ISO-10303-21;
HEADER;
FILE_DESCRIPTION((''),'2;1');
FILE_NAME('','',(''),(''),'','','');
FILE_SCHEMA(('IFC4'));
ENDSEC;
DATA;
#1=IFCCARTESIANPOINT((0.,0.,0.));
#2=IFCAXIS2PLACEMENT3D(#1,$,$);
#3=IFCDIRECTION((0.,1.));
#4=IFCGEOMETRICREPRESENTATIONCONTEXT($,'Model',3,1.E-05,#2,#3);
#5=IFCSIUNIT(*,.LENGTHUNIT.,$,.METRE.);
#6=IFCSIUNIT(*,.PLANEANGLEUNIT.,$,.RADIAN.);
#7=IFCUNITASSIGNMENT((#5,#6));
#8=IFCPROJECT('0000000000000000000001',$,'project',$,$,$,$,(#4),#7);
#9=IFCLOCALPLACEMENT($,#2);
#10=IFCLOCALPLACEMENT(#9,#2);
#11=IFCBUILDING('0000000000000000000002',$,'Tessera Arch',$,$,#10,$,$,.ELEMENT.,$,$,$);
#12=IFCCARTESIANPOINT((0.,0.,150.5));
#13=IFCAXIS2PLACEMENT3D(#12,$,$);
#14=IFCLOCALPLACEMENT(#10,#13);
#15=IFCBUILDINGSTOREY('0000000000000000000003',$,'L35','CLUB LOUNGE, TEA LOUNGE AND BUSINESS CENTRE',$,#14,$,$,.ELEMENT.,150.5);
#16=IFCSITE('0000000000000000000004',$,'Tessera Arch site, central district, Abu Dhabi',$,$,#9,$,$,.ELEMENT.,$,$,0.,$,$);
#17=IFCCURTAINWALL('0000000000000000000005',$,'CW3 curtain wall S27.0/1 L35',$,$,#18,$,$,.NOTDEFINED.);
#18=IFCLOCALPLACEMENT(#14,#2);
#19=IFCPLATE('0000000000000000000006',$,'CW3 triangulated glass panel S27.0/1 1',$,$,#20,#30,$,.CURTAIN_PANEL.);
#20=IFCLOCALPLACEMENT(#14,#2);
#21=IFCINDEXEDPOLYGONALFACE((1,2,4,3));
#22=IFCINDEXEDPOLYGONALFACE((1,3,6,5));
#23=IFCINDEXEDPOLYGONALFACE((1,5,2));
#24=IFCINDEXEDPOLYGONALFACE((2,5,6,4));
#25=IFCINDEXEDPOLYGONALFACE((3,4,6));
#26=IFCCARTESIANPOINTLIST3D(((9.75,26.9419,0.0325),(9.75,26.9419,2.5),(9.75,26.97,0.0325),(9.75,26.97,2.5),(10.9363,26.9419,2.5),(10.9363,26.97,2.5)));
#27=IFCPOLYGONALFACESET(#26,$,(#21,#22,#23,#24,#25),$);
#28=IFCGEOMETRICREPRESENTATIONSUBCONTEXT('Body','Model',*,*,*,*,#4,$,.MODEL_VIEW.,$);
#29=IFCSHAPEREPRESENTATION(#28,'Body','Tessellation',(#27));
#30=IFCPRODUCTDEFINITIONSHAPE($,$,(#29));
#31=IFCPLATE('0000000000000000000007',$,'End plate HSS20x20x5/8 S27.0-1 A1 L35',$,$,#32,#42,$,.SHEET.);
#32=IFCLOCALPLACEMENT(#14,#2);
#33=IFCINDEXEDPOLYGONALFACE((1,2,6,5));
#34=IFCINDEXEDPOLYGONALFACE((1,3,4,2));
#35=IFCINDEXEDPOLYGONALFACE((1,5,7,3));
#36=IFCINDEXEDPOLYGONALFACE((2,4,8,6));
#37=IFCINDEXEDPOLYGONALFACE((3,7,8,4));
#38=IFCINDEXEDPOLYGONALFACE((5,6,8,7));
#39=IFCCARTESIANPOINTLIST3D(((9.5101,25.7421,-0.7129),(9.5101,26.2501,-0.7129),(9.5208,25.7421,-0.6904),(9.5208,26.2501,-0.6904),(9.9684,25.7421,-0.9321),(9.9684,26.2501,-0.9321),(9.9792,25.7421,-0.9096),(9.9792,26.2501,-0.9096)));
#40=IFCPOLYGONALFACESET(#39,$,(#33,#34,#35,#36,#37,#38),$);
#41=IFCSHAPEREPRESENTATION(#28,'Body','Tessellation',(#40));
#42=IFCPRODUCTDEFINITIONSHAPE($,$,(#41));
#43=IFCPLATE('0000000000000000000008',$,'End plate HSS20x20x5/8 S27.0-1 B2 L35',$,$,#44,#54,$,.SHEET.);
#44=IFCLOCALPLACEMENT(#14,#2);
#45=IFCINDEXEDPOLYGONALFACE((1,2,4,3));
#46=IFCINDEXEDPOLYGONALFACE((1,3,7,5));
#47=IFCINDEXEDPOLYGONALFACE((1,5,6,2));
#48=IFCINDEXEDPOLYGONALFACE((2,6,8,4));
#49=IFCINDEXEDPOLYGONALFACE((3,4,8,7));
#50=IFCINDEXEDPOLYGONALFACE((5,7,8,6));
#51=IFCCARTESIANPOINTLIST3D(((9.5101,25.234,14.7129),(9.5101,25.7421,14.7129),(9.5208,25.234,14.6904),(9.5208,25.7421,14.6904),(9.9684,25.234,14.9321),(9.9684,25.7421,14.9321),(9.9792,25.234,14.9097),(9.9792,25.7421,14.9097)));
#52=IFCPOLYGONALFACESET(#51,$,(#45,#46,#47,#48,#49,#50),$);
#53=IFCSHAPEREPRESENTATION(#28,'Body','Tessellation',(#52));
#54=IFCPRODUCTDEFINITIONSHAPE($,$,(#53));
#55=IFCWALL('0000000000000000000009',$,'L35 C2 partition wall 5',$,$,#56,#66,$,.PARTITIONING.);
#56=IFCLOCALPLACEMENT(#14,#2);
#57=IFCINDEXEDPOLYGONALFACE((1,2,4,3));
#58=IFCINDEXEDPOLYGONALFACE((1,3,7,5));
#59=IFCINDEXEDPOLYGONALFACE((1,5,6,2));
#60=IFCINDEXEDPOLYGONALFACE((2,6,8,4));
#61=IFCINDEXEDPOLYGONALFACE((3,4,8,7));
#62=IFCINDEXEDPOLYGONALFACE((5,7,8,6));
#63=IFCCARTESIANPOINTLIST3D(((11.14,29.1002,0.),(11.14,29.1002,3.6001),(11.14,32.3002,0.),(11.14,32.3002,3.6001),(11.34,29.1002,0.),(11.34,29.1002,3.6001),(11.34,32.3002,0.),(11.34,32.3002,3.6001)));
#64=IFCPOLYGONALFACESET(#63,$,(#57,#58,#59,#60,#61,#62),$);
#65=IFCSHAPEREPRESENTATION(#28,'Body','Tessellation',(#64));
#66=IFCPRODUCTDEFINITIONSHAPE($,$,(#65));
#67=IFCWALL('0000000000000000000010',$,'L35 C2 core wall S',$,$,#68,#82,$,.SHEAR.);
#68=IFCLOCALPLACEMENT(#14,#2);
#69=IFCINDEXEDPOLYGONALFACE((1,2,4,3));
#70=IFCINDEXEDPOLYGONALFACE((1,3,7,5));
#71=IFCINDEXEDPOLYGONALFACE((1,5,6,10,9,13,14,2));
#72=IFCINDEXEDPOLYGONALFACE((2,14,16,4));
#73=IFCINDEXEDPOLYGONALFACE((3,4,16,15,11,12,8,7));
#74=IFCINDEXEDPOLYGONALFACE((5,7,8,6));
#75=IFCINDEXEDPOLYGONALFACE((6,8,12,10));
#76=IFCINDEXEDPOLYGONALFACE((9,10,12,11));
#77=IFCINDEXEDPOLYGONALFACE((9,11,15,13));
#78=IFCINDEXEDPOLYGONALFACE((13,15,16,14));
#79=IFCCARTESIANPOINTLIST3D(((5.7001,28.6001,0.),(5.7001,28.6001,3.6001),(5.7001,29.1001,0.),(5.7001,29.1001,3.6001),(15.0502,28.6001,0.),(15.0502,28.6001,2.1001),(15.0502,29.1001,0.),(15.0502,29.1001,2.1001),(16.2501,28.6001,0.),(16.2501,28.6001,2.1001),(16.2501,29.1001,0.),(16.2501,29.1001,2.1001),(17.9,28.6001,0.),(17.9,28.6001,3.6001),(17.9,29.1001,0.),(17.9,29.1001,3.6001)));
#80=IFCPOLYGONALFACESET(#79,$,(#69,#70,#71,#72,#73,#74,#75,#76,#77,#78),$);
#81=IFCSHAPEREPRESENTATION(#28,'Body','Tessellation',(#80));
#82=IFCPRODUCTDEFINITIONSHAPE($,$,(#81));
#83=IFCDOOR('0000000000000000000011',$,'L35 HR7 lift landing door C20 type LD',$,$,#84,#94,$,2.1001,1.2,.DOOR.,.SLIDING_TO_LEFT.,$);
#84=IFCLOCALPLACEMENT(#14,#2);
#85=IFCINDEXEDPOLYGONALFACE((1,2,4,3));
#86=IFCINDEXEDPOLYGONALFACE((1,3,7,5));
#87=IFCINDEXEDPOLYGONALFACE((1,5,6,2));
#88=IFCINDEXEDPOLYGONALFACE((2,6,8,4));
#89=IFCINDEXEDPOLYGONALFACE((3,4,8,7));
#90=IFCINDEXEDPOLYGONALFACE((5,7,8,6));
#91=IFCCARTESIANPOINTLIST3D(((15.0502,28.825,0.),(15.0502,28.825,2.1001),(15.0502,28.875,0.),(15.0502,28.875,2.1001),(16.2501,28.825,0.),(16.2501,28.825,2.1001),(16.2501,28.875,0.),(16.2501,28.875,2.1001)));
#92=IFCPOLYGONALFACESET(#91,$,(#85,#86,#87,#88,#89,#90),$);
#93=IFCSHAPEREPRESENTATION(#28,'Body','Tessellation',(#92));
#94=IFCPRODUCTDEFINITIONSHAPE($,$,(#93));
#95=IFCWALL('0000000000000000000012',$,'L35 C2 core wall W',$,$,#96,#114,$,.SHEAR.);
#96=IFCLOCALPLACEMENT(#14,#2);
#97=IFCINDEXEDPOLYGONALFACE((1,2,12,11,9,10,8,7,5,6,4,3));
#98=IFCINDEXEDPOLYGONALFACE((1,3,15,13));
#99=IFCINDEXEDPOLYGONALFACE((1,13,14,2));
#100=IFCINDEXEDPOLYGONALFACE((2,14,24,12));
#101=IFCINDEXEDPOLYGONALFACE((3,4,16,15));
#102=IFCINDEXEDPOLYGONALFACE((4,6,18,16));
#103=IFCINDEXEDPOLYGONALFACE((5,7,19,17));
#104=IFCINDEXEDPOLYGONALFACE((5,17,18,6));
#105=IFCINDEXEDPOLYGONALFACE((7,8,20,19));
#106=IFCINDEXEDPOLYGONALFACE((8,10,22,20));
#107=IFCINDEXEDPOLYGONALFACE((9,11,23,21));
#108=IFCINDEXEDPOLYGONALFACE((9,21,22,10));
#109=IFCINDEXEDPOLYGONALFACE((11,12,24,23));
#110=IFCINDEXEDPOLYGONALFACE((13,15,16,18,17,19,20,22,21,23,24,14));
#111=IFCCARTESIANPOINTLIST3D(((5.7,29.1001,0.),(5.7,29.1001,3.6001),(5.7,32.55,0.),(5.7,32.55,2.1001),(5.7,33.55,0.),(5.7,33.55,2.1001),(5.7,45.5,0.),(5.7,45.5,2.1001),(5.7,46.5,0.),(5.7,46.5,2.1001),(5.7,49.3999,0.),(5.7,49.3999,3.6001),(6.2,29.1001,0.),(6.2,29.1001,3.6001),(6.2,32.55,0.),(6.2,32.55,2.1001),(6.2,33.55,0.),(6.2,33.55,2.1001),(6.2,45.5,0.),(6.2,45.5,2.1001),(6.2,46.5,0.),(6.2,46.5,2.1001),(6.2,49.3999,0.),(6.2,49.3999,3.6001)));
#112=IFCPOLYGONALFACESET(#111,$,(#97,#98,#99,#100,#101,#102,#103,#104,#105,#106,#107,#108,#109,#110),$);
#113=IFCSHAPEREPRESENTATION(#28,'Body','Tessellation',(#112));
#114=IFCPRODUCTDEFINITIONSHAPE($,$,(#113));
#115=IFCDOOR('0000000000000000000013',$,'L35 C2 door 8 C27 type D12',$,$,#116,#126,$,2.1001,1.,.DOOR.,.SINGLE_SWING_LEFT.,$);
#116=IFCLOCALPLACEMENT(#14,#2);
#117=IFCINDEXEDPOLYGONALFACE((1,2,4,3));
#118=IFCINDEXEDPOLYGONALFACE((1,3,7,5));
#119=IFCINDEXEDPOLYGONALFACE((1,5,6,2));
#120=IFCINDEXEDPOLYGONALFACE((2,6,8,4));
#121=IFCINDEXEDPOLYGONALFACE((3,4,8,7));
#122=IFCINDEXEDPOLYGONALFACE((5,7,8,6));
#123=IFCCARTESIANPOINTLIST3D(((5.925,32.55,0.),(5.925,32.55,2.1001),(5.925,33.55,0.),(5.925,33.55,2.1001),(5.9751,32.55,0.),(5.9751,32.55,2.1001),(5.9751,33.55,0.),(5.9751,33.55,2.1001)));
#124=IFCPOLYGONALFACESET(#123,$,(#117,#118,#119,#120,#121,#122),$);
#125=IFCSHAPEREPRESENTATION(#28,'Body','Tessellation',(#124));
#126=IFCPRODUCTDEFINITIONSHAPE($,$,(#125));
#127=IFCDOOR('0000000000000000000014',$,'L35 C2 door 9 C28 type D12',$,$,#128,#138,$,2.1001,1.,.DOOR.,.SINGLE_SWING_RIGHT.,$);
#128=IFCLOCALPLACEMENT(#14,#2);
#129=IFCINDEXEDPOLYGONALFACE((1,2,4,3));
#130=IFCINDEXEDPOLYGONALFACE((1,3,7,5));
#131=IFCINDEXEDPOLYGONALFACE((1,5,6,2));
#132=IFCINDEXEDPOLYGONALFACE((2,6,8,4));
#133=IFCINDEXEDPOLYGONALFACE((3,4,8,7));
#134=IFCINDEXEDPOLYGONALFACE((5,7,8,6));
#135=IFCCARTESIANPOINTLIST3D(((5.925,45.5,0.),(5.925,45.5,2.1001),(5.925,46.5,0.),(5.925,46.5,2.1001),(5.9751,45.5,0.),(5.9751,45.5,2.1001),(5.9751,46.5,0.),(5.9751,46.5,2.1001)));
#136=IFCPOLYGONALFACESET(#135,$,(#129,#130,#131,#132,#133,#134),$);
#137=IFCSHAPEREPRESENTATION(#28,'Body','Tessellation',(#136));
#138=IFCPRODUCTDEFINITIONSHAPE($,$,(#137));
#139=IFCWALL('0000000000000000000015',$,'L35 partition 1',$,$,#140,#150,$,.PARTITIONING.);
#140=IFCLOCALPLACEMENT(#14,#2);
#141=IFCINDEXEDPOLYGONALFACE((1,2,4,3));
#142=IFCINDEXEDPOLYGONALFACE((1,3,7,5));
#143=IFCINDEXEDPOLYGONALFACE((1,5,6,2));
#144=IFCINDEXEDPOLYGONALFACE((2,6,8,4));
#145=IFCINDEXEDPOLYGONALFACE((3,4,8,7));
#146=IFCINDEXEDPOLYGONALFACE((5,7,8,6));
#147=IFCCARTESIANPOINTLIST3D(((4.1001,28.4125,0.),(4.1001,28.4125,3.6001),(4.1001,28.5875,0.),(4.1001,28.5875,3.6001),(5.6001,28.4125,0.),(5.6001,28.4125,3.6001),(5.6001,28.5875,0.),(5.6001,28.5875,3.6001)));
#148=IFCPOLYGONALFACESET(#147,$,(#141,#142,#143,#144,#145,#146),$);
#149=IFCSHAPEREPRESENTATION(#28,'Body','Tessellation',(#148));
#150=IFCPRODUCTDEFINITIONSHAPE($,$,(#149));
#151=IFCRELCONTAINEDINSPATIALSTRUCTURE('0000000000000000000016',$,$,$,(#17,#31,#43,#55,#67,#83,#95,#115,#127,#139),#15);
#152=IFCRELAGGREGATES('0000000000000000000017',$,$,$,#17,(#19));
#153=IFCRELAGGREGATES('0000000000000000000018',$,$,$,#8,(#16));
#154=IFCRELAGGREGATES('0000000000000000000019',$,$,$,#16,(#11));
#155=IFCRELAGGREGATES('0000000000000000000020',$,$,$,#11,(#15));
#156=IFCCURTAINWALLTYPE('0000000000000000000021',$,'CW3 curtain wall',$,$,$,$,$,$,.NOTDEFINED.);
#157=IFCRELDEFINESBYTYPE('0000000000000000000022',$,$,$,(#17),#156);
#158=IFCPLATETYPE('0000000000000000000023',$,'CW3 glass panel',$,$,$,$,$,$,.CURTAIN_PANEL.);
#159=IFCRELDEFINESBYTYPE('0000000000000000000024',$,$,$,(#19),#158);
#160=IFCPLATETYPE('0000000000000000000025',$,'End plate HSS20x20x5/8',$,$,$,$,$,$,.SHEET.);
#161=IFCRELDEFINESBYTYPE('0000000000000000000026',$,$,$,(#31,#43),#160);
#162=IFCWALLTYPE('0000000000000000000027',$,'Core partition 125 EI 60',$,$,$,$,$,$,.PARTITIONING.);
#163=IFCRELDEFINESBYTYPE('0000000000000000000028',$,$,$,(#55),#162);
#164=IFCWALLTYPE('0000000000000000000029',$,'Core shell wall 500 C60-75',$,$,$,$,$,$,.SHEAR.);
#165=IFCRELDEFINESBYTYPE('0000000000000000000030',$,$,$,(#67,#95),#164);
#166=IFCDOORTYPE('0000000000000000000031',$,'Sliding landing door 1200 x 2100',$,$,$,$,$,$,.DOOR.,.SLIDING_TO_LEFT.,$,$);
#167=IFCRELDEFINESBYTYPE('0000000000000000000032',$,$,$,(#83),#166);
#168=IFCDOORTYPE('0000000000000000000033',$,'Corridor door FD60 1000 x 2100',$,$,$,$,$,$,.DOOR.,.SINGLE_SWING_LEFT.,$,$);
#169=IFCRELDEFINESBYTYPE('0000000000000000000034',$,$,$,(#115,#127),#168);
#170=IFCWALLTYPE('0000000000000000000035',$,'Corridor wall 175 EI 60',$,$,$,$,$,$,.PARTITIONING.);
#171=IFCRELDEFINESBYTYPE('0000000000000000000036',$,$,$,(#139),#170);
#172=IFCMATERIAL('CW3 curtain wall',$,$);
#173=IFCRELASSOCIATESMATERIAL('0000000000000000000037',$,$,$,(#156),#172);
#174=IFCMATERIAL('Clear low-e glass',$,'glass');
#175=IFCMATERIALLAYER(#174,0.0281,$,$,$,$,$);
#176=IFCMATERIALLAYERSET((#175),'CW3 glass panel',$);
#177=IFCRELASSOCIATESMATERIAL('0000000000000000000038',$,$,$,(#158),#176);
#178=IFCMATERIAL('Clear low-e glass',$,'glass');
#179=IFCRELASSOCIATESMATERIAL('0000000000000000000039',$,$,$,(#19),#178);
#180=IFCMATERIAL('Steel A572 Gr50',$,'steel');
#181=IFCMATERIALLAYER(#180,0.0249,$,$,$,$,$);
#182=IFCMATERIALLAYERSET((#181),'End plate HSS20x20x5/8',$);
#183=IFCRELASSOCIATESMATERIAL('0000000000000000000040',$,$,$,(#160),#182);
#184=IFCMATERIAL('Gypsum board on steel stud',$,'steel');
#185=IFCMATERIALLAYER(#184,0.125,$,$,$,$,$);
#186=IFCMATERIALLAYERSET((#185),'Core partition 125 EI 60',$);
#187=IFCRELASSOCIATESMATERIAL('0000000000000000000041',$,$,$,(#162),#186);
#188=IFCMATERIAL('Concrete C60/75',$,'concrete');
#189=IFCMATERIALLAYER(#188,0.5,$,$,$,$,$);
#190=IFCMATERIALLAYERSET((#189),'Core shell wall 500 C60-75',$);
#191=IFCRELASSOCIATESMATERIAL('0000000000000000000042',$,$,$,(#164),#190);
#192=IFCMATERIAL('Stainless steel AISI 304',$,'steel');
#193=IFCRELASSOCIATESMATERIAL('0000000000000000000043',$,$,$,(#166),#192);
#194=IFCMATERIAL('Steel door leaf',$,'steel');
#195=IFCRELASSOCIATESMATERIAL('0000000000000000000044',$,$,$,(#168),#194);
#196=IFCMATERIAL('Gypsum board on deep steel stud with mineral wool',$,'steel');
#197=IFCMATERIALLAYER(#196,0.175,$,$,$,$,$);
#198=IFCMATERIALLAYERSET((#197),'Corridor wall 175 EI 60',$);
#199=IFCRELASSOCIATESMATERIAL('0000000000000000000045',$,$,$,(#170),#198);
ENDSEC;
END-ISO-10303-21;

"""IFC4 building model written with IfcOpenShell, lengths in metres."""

from ifc_helpers import new_model, si_unit, direction, frame, frame_2d, origin, origin_2d, place, context, subcontext, project, spatial, polyline, rectangle, outline, extrude, material, layer, layer_set, type_object, element, fill, aggregate, save


model = new_model("IFC4")

# Units and contexts
model_context = context("Model", 3, precision=1e-05, world=origin(), true_north=direction((0.0, 1.0)))
body_context = subcontext(model_context, "Body", "Model", "MODEL_VIEW")
ifc_project = project(units=[si_unit("LENGTHUNIT", "METRE"), si_unit("PLANEANGLEUNIT", "RADIAN")], contexts=[model_context])

# Site, building, storey
site_placement = place(None, origin())
site = spatial("IfcSite", under=ifc_project, at=site_placement, Name="Tessera Arch site, central district, Abu Dhabi", CompositionType="ELEMENT", RefElevation=0.0)
building_placement = place(site_placement, origin())
building = spatial("IfcBuilding", under=site, at=building_placement, Name="Tessera Arch", CompositionType="ELEMENT")
storey_placement = place(building_placement, frame((0.0, 0.0, 150.5)))
storey = spatial("IfcBuildingStorey", under=building, at=storey_placement, Name="L35", Description="CLUB LOUNGE, TEA LOUNGE AND BUSINESS CENTRE", CompositionType="ELEMENT", Elevation=150.5)

# Curtain wall
ifc_material_1 = material(Name="CW3 curtain wall")
curtain_wall_type_1 = type_object("IfcCurtainWallType", Name="CW3 curtain wall", PredefinedType="NOTDEFINED", material=ifc_material_1)
curtain_wall_1_placement = place(storey_placement, origin())
curtain_wall_1 = element("IfcCurtainWall", 1, at=curtain_wall_1_placement, inside=storey, type_object=curtain_wall_type_1, Name="CW3 curtain wall S27.0/1 L35", PredefinedType="NOTDEFINED")

# Plate
ifc_material_2 = material(Name="Clear low-e glass", Category="glass")
ifc_material_3 = material(Name="Clear low-e glass", Category="glass")
ifc_layer_1 = layer(ifc_material_3, 0.0281)
ifc_layer_set_1 = layer_set([ifc_layer_1], Name="CW3 glass panel")
plate_type_1 = type_object("IfcPlateType", Name="CW3 glass panel", PredefinedType="CURTAIN_PANEL", material=ifc_layer_set_1)
plate_1_placement = place(storey_placement, frame((9.75, 26.9419, 2.5), z_axis=(0.0, -1.0, 0.0), x_axis=(0.0, 0.0, -1.0)))
plate_1 = element("IfcPlate", 2, at=plate_1_placement, type_object=plate_type_1, material=ifc_material_2, Name="CW3 triangulated glass panel S27.0/1 1", PredefinedType="CURTAIN_PANEL", context=body_context, shape_type="SweptSolid", body=[
    extrude(outline(polyline([(0.0, 0.0), (2.4675, 0.0), (0.0, 1.1863), (0.0, 0.0)])), origin(), (0.0, 0.0, -1.0), 0.0281),
])
aggregate(curtain_wall_1, [plate_1])

# Plates
ifc_material_4 = material(Name="Steel A572 Gr50", Category="steel")
ifc_layer_2 = layer(ifc_material_4, 0.0249)
ifc_layer_set_2 = layer_set([ifc_layer_2], Name="End plate HSS20x20x5/8")
plate_type_2 = type_object("IfcPlateType", Name="End plate HSS20x20x5/8", PredefinedType="SHEET", material=ifc_layer_set_2)
for number, where, z_axis, x_axis, name in (
    (3, (9.7393, 25.9961, -0.8225), (0.431455, 0.0, 0.902134), (0.0, 1.0, 0.0), "End plate HSS20x20x5/8 S27.0-1 A1 L35"),
    (4, (9.75, 25.488, 14.8), (-0.431455, 0.0, 0.902134), (0.0, -1.0, 0.0), "End plate HSS20x20x5/8 S27.0-1 B2 L35"),
):
    element("IfcPlate", number, at=place(storey_placement, frame(where, z_axis=z_axis, x_axis=x_axis)), inside=storey, type_object=plate_type_2, Name=name, PredefinedType="SHEET", context=body_context, shape_type="SweptSolid", body=[
        extrude(rectangle(XDim=0.5081, YDim=0.5081, at=origin_2d()), origin(), (0.0, 0.0, 1.0), 0.0249),
    ])

# Wall
ifc_material_5 = material(Name="Gypsum board on steel stud", Category="steel")
ifc_layer_3 = layer(ifc_material_5, 0.125)
ifc_layer_set_3 = layer_set([ifc_layer_3], Name="Core partition 125 EI 60")
wall_type_1 = type_object("IfcWallType", Name="Core partition 125 EI 60", PredefinedType="PARTITIONING", material=ifc_layer_set_3)
wall_1_placement = place(storey_placement, frame((11.24, 29.1001, 0.0), z_axis=(0.0, 0.0, 1.0), x_axis=(0.0, 1.0, 0.0)))
element("IfcWall", 5, at=wall_1_placement, inside=storey, type_object=wall_type_1, Name="L35 C2 partition wall 5", PredefinedType="PARTITIONING", context=body_context, shape_type="SweptSolid", body=[
    extrude(rectangle(XDim=3.2, YDim=0.2, at=frame_2d((1.6001, 0.0))), origin(), (0.0, 0.0, 1.0), 3.6001),
])

# Wall, opening, door
ifc_material_6 = material(Name="Concrete C60/75", Category="concrete")
ifc_layer_4 = layer(ifc_material_6, 0.5)
ifc_layer_set_4 = layer_set([ifc_layer_4], Name="Core shell wall 500 C60-75")
wall_type_2 = type_object("IfcWallType", Name="Core shell wall 500 C60-75", PredefinedType="SHEAR", material=ifc_layer_set_4)
wall_2_placement = place(storey_placement, frame((5.7, 28.8501, 0.0), z_axis=(0.0, 0.0, 1.0), x_axis=(1.0, 0.0, 0.0)))
wall_2 = element("IfcWall", 6, at=wall_2_placement, inside=storey, type_object=wall_type_2, Name="L35 C2 core wall S", PredefinedType="SHEAR", context=body_context, shape_type="SweptSolid", body=[
    extrude(rectangle(XDim=12.2, YDim=0.5, at=frame_2d((6.1001, 0.0))), origin(), (0.0, 0.0, 1.0), 3.6001),
])
opening_1_placement = place(wall_2_placement, frame((9.3501, 0.0, 0.0)))
opening_1 = element("IfcOpeningElement", 7, at=opening_1_placement, cuts=wall_2, PredefinedType="OPENING", context=body_context, shape_type="SweptSolid", body=[
    extrude(rectangle(XDim=1.2, YDim=2.1001, at=frame_2d((0.6001, 1.05))), frame((0.0, 0.26, 0.0), z_axis=(0.0, -1.0, 0.0), x_axis=(1.0, 0.0, 0.0)), (0.0, 0.0, 1.0), 0.52),
])
ifc_material_7 = material(Name="Stainless steel AISI 304", Category="steel")
door_type_1 = type_object("IfcDoorType", Name="Sliding landing door 1200 x 2100", OperationType="SLIDING_TO_LEFT", PredefinedType="DOOR", material=ifc_material_7)
door_1_placement = place(opening_1_placement, origin())
door_1 = element("IfcDoor", 8, at=door_1_placement, inside=storey, type_object=door_type_1, Name="L35 HR7 lift landing door C20 type LD", OperationType="SLIDING_TO_LEFT", OverallHeight=2.1001, OverallWidth=1.2, PredefinedType="DOOR", context=body_context, shape_type="SweptSolid", body=[
    extrude(rectangle(XDim=1.2, YDim=2.1001, at=frame_2d((0.6001, 1.05))), frame((0.0, 0.0249, 0.0), z_axis=(0.0, -1.0, 0.0), x_axis=(1.0, 0.0, 0.0)), (0.0, 0.0, 1.0), 0.05),
])
fill(opening_1, door_1)

# Wall, openings, doors
wall_3_placement = place(storey_placement, frame((5.95, 29.1001, 0.0), z_axis=(0.0, 0.0, 1.0), x_axis=(0.0, 1.0, 0.0)))
wall_3 = element("IfcWall", 9, at=wall_3_placement, inside=storey, type_object=wall_type_2, Name="L35 C2 core wall W", PredefinedType="SHEAR", context=body_context, shape_type="SweptSolid", body=[
    extrude(rectangle(XDim=20.2998, YDim=0.5, at=frame_2d((10.1499, 0.0))), origin(), (0.0, 0.0, 1.0), 3.6001),
])
opening_2_placement = place(wall_3_placement, frame((3.45, 0.0, 0.0)))
opening_2 = element("IfcOpeningElement", 10, at=opening_2_placement, cuts=wall_3, PredefinedType="OPENING", context=body_context, shape_type="SweptSolid", body=[
    extrude(rectangle(XDim=1.0, YDim=2.1001, at=frame_2d((0.5, 1.05))), frame((0.0, 0.26, 0.0), z_axis=(0.0, -1.0, 0.0), x_axis=(1.0, 0.0, 0.0)), (0.0, 0.0, 1.0), 0.52),
])
opening_3_placement = place(wall_3_placement, frame((16.3999, 0.0, 0.0)))
opening_3 = element("IfcOpeningElement", 11, at=opening_3_placement, cuts=wall_3, PredefinedType="OPENING", context=body_context, shape_type="SweptSolid", body=[
    extrude(rectangle(XDim=1.0, YDim=2.1001, at=frame_2d((0.5, 1.05))), frame((0.0, 0.26, 0.0), z_axis=(0.0, -1.0, 0.0), x_axis=(1.0, 0.0, 0.0)), (0.0, 0.0, 1.0), 0.52),
])
ifc_material_8 = material(Name="Steel door leaf", Category="steel")
door_type_2 = type_object("IfcDoorType", Name="Corridor door FD60 1000 x 2100", OperationType="SINGLE_SWING_LEFT", PredefinedType="DOOR", material=ifc_material_8)
door_2_placement = place(opening_2_placement, origin())
door_2 = element("IfcDoor", 12, at=door_2_placement, inside=storey, type_object=door_type_2, Name="L35 C2 door 8 C27 type D12", OperationType="SINGLE_SWING_LEFT", OverallHeight=2.1001, OverallWidth=1.0, PredefinedType="DOOR", context=body_context, shape_type="SweptSolid", body=[
    extrude(rectangle(XDim=1.0, YDim=2.1001, at=frame_2d((0.5, 1.05))), frame((0.0, 0.0249, 0.0), z_axis=(0.0, -1.0, 0.0), x_axis=(1.0, 0.0, 0.0)), (0.0, 0.0, 1.0), 0.05),
])
fill(opening_2, door_2)
door_3_placement = place(opening_3_placement, origin())
door_3 = element("IfcDoor", 13, at=door_3_placement, inside=storey, type_object=door_type_2, Name="L35 C2 door 9 C28 type D12", OperationType="SINGLE_SWING_RIGHT", OverallHeight=2.1001, OverallWidth=1.0, PredefinedType="DOOR", context=body_context, shape_type="SweptSolid", body=[
    extrude(rectangle(XDim=1.0, YDim=2.1001, at=frame_2d((0.5, 1.05))), frame((0.0, 0.0249, 0.0), z_axis=(0.0, -1.0, 0.0), x_axis=(1.0, 0.0, 0.0)), (0.0, 0.0, 1.0), 0.05),
])
fill(opening_3, door_3)

# Wall
ifc_material_9 = material(Name="Gypsum board on deep steel stud with mineral wool", Category="steel")
ifc_layer_5 = layer(ifc_material_9, 0.175)
ifc_layer_set_5 = layer_set([ifc_layer_5], Name="Corridor wall 175 EI 60")
wall_type_3 = type_object("IfcWallType", Name="Corridor wall 175 EI 60", PredefinedType="PARTITIONING", material=ifc_layer_set_5)
wall_4_placement = place(storey_placement, frame((4.1001, 28.5, 0.0), z_axis=(0.0, 0.0, 1.0), x_axis=(1.0, 0.0, 0.0)))
element("IfcWall", 14, at=wall_4_placement, inside=storey, type_object=wall_type_3, Name="L35 partition 1", PredefinedType="PARTITIONING", context=body_context, shape_type="SweptSolid", body=[
    extrude(rectangle(XDim=1.5, YDim=0.175, at=frame_2d((0.75, 0.0))), origin(), (0.0, 0.0, 1.0), 3.6001),
])

save(model, "model.ifc")
